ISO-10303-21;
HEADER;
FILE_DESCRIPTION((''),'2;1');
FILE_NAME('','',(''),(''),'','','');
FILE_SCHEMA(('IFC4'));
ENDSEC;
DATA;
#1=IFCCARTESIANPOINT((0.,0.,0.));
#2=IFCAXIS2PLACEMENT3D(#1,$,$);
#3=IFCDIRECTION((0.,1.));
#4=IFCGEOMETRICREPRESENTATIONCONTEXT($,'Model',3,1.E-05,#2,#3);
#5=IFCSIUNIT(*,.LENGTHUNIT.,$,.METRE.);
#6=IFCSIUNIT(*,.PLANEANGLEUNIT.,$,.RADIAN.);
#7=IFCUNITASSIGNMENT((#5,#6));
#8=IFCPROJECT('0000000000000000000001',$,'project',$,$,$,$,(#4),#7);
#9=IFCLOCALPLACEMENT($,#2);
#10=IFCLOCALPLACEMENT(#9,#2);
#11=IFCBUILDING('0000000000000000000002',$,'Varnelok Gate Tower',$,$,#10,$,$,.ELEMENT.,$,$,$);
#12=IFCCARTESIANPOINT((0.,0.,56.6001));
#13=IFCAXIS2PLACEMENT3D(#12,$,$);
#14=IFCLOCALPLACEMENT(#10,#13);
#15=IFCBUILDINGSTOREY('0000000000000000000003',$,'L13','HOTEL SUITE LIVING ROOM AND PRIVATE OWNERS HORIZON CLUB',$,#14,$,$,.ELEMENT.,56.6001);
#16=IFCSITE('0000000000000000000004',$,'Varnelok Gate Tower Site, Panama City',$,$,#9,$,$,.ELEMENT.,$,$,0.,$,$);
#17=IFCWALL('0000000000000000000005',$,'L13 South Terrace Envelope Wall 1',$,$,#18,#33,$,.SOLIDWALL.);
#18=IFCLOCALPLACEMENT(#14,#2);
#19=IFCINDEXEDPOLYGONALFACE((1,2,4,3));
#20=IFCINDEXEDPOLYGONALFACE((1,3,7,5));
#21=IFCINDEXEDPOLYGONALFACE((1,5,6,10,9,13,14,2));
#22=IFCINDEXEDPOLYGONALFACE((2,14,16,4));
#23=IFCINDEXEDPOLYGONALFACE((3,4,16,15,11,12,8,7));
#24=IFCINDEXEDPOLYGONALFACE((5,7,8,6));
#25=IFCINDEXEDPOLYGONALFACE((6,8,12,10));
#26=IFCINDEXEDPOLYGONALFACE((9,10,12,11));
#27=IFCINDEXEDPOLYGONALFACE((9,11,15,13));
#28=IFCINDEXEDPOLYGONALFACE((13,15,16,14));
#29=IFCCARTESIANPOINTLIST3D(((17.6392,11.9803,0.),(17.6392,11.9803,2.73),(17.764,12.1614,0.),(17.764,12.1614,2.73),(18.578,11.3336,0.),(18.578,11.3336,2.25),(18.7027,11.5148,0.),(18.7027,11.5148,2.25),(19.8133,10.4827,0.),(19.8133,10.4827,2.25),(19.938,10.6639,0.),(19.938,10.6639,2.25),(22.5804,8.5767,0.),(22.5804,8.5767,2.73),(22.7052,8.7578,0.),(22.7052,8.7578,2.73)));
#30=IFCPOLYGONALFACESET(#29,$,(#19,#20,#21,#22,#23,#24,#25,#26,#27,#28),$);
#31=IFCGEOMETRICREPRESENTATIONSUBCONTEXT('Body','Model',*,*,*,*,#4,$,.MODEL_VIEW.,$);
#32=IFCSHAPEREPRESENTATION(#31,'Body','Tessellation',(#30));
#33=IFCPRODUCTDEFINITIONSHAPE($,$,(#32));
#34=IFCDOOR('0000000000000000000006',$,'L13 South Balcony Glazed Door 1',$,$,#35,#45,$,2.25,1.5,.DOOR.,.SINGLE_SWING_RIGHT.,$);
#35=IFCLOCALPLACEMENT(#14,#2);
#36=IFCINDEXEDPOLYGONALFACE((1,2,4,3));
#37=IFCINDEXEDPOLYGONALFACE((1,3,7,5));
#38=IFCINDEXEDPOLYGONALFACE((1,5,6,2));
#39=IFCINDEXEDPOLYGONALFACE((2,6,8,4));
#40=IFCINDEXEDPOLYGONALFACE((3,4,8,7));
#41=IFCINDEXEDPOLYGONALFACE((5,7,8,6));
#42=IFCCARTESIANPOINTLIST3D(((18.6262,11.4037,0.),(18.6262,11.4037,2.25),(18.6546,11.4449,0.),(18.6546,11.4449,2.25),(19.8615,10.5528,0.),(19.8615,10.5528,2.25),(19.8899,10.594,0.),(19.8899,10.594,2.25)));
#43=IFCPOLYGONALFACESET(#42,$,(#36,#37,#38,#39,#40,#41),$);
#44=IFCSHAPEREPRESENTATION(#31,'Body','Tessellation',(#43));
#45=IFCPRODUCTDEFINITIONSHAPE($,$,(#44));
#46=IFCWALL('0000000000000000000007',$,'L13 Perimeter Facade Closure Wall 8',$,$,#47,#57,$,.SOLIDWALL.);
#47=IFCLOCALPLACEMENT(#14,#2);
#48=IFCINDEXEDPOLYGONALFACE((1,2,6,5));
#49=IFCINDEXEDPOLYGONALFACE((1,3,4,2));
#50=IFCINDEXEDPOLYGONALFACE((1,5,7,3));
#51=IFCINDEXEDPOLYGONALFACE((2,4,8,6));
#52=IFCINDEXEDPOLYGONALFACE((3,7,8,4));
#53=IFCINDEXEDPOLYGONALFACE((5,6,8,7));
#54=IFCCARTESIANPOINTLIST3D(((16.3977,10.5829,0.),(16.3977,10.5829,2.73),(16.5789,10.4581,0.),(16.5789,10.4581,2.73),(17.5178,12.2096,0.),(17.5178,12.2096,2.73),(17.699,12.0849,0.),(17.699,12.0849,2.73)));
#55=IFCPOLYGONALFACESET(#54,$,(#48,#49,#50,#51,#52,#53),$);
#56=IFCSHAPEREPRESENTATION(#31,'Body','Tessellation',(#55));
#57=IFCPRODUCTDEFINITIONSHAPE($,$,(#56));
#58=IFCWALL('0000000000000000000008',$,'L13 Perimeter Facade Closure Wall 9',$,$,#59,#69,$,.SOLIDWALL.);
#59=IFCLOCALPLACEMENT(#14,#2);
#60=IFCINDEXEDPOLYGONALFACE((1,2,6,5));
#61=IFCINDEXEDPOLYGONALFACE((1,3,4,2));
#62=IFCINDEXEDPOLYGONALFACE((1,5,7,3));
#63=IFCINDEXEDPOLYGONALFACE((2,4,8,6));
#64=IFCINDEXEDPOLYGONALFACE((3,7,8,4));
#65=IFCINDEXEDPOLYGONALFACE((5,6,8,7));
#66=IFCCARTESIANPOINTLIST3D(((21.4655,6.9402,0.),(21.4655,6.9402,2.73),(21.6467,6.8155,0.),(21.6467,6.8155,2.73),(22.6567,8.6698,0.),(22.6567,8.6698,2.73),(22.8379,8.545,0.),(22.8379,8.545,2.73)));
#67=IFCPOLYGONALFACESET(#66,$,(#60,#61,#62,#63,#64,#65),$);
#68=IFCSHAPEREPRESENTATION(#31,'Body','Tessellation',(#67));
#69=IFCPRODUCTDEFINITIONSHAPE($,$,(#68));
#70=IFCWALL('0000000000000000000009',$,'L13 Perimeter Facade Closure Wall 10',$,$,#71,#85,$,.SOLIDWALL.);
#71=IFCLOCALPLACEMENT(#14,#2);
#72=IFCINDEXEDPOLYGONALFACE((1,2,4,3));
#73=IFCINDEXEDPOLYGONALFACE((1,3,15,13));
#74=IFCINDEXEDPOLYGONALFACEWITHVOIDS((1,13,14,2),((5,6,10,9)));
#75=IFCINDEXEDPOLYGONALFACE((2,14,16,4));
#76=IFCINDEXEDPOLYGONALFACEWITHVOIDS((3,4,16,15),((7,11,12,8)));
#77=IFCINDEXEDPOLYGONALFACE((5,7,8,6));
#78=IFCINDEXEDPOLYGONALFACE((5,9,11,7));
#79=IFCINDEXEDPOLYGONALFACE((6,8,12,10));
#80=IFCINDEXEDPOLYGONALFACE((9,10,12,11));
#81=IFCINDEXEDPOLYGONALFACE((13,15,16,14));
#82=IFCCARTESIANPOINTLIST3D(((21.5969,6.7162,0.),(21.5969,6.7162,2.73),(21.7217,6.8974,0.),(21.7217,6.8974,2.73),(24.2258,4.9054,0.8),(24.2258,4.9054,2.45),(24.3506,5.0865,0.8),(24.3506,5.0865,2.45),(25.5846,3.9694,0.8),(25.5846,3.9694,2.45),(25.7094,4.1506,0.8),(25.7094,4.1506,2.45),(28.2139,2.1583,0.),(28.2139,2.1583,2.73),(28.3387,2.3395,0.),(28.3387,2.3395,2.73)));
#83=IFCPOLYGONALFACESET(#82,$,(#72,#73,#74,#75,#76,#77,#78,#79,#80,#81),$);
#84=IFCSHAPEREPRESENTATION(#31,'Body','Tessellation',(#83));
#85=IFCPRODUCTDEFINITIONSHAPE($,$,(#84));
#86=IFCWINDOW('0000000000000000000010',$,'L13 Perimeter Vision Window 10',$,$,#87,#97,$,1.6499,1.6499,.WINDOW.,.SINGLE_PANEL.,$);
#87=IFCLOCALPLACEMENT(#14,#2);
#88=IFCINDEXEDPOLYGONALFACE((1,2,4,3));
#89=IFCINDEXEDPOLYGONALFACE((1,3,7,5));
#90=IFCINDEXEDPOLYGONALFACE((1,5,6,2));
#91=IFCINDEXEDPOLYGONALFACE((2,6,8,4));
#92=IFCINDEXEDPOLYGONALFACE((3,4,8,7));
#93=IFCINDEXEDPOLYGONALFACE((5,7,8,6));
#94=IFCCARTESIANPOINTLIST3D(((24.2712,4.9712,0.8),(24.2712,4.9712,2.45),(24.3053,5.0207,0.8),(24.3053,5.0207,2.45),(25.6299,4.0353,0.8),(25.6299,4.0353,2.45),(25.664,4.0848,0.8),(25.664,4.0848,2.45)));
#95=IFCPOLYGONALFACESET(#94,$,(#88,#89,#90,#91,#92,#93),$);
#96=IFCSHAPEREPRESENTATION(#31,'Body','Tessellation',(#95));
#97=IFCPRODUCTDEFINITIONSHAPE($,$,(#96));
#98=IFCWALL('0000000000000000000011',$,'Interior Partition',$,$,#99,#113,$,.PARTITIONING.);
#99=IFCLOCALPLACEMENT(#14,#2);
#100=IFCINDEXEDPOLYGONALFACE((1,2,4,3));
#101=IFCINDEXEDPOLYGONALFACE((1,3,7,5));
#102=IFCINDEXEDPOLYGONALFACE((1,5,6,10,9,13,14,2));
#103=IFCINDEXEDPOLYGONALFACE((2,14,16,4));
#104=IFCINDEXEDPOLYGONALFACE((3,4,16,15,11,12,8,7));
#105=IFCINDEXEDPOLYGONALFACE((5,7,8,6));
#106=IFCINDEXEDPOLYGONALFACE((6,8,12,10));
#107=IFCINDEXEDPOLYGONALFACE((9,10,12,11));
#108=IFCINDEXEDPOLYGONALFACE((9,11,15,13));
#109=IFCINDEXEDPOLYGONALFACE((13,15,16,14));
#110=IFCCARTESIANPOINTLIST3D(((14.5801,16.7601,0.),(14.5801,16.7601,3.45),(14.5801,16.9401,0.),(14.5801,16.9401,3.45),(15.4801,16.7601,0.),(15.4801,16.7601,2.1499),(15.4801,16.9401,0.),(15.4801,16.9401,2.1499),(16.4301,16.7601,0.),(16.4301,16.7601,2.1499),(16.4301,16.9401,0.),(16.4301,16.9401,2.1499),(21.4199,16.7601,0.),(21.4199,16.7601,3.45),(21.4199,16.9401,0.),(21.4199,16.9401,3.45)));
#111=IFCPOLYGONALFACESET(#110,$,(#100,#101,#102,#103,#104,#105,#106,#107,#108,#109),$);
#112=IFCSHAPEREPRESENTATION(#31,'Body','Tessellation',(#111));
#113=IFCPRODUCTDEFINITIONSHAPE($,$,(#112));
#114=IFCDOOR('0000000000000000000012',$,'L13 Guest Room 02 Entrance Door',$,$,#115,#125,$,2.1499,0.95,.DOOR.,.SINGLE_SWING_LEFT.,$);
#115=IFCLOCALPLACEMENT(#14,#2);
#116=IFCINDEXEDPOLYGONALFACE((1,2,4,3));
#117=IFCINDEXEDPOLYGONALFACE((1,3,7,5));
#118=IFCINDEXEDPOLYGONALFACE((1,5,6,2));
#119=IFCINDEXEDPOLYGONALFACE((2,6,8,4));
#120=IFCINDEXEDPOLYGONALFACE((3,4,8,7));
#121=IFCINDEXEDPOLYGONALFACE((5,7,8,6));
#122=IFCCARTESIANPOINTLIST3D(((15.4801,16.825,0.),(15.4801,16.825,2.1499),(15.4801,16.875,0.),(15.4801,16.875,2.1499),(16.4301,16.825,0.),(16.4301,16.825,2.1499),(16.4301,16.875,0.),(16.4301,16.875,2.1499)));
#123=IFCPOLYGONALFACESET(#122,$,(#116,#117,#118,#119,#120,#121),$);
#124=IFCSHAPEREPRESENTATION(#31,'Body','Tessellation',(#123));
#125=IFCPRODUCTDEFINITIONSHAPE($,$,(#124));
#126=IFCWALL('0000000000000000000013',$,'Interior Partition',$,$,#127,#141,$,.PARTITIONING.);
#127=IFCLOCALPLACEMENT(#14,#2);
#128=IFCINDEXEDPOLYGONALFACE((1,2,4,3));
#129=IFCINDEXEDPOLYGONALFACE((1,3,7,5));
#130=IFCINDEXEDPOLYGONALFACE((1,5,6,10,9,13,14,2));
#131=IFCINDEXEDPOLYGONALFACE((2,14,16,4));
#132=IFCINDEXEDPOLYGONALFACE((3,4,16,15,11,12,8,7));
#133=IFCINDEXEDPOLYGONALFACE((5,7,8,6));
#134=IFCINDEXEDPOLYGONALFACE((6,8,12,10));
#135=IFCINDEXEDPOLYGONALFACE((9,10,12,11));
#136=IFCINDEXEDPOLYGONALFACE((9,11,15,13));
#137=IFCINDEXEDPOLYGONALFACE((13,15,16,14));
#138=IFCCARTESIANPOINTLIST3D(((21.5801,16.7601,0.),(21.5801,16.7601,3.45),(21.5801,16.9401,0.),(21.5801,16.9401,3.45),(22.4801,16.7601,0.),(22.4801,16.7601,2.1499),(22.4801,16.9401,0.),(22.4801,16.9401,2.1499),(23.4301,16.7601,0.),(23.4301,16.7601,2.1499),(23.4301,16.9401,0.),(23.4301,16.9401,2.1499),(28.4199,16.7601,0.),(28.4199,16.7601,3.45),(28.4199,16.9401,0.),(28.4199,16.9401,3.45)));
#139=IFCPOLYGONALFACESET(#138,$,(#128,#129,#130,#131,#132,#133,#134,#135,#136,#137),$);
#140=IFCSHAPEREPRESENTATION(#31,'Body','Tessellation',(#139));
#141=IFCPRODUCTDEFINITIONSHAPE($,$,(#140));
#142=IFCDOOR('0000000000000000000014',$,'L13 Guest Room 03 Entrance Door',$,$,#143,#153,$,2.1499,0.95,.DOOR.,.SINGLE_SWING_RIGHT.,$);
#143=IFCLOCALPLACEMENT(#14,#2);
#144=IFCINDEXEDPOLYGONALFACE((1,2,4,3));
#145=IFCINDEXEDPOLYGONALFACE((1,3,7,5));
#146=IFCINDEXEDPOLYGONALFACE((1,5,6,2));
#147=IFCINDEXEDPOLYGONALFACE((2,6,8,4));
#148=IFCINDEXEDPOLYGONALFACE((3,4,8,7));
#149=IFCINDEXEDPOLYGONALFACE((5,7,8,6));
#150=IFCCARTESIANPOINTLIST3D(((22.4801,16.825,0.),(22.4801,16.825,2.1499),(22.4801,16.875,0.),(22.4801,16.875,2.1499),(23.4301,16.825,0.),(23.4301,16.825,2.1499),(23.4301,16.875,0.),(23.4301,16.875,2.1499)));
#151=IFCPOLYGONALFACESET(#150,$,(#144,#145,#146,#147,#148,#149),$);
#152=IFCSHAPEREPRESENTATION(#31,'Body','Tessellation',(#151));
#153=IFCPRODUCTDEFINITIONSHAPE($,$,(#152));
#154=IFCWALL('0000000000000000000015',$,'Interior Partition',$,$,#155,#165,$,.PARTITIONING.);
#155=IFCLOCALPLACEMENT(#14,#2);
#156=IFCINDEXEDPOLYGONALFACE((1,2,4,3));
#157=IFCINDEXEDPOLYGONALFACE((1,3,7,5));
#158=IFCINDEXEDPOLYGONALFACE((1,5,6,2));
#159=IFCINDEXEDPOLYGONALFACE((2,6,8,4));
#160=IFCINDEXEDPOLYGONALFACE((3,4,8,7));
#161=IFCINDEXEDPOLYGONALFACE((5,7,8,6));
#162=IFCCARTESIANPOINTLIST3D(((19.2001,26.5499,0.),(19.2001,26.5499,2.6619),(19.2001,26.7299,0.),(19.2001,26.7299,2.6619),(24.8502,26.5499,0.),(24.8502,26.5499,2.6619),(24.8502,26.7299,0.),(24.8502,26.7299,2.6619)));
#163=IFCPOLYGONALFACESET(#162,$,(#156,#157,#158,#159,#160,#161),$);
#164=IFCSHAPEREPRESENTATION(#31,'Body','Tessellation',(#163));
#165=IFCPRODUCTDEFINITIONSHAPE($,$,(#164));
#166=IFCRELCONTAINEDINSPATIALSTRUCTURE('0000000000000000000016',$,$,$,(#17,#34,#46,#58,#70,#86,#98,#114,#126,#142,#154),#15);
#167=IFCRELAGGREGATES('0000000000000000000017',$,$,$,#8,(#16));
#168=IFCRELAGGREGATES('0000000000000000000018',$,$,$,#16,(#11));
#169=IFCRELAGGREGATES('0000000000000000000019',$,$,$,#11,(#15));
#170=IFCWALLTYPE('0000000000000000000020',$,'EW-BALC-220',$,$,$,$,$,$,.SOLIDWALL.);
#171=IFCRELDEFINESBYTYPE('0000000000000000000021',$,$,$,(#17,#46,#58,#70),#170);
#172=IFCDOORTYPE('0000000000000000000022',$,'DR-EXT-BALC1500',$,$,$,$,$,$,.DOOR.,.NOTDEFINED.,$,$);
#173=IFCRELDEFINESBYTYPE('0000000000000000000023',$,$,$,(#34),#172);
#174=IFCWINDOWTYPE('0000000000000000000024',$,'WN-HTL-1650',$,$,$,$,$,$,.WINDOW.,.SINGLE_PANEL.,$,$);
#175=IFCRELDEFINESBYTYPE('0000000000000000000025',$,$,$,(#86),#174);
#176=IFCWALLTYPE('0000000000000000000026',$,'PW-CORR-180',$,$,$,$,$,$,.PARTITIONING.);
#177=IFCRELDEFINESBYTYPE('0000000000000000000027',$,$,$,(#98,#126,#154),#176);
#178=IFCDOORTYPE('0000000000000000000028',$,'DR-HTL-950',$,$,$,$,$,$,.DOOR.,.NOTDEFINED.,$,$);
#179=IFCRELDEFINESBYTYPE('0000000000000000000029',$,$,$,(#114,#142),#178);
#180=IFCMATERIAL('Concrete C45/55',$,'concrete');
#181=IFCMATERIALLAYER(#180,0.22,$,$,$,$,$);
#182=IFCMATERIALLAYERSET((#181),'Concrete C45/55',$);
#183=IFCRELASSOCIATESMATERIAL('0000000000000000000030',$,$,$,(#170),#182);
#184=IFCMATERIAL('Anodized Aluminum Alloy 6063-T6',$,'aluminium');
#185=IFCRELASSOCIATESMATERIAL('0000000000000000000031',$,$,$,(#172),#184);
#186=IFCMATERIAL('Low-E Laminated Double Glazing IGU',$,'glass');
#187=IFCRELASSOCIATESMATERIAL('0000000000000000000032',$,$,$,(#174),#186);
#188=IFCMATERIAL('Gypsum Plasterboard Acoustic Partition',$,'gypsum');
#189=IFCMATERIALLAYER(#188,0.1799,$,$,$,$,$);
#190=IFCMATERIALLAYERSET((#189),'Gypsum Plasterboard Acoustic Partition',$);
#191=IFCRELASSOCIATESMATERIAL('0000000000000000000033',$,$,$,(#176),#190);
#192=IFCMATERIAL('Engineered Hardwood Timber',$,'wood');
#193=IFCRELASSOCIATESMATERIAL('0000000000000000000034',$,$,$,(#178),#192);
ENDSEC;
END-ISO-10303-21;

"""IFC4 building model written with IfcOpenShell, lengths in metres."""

from ifc_helpers import new_model, si_unit, direction, frame, frame_2d, origin, place, context, subcontext, project, spatial, rectangle, extrude, material, layer, layer_set, type_object, element, fill, save


model = new_model("IFC4")

# Units and contexts
model_context = context("Model", 3, precision=1e-05, world=origin(), true_north=direction((0.0, 1.0)))
body_context = subcontext(model_context, "Body", "Model", "MODEL_VIEW")
ifc_project = project(units=[si_unit("LENGTHUNIT", "METRE"), si_unit("PLANEANGLEUNIT", "RADIAN")], contexts=[model_context])

# Site, building, storey
site_placement = place(None, origin())
site = spatial("IfcSite", under=ifc_project, at=site_placement, Name="Varnelok Gate Tower Site, Panama City", CompositionType="ELEMENT", RefElevation=0.0)
building_placement = place(site_placement, origin())
building = spatial("IfcBuilding", under=site, at=building_placement, Name="Varnelok Gate Tower", CompositionType="ELEMENT")
storey_placement = place(building_placement, frame((0.0, 0.0, 56.6001)))
storey = spatial("IfcBuildingStorey", under=building, at=storey_placement, Name="L13", Description="HOTEL SUITE LIVING ROOM AND PRIVATE OWNERS HORIZON CLUB", CompositionType="ELEMENT", Elevation=56.6001)

# Wall, opening, door
ifc_material_1 = material(Name="Concrete C45/55", Category="concrete")
ifc_layer_1 = layer(ifc_material_1, 0.22)
ifc_layer_set_1 = layer_set([ifc_layer_1], Name="Concrete C45/55")
wall_type_1 = type_object("IfcWallType", Name="EW-BALC-220", PredefinedType="SOLIDWALL", material=ifc_layer_set_1)
wall_1_placement = place(storey_placement, frame((22.6428, 8.6672, 0.0), z_axis=(0.0, 0.0, 1.0), x_axis=(-0.823535, 0.567266, 0.0)))
wall_1 = element("IfcWall", 1, at=wall_1_placement, inside=storey, type_object=wall_type_1, Name="L13 South Terrace Envelope Wall 1", PredefinedType="SOLIDWALL", context=body_context, shape_type="SweptSolid", body=[
    extrude(rectangle(XDim=6.0, YDim=0.22, at=frame_2d((3.0, 0.0))), origin(), (0.0, 0.0, 1.0), 2.73),
])
opening_1_placement = place(wall_1_placement, frame((3.3601, 0.0, 0.0)))
opening_1 = element("IfcOpeningElement", 2, at=opening_1_placement, cuts=wall_1, PredefinedType="OPENING", context=body_context, shape_type="SweptSolid", body=[
    extrude(rectangle(XDim=1.5, YDim=2.25, at=frame_2d((0.75, 1.125))), frame((0.0, 0.1199, 0.0), z_axis=(0.0, -1.0, 0.0), x_axis=(1.0, 0.0, 0.0)), (0.0, 0.0, 1.0), 0.24),
])
ifc_material_2 = material(Name="Anodized Aluminum Alloy 6063-T6", Category="aluminium")
door_type_1 = type_object("IfcDoorType", Name="DR-EXT-BALC1500", OperationType="NOTDEFINED", PredefinedType="DOOR", material=ifc_material_2)
door_1_placement = place(opening_1_placement, origin())
door_1 = element("IfcDoor", 3, at=door_1_placement, inside=storey, type_object=door_type_1, Name="L13 South Balcony Glazed Door 1", OperationType="SINGLE_SWING_RIGHT", OverallHeight=2.25, OverallWidth=1.5, PredefinedType="DOOR", context=body_context, shape_type="SweptSolid", body=[
    extrude(rectangle(XDim=1.5, YDim=2.25, at=frame_2d((0.75, 1.125))), frame((0.0, 0.0249, 0.0), z_axis=(0.0, -1.0, 0.0), x_axis=(1.0, 0.0, 0.0)), (0.0, 0.0, 1.0), 0.05),
])
fill(opening_1, door_1)

# Walls
wall_2_placement = place(storey_placement, frame((16.4883, 10.5205, 0.0), z_axis=(0.0, 0.0, 1.0), x_axis=(0.567132, 0.823627, 0.0)))
element("IfcWall", 4, at=wall_2_placement, inside=storey, type_object=wall_type_1, Name="L13 Perimeter Facade Closure Wall 8", PredefinedType="SOLIDWALL", context=body_context, shape_type="SweptSolid", body=[
    extrude(rectangle(XDim=1.9751, YDim=0.22, at=frame_2d((0.9875, 0.0))), origin(), (0.0, 0.0, 1.0), 2.73),
])
wall_3_placement = place(storey_placement, frame((22.7473, 8.6074, 0.0), z_axis=(0.0, 0.0, 1.0), x_axis=(-0.567219, -0.823567, 0.0)))
element("IfcWall", 5, at=wall_3_placement, inside=storey, type_object=wall_type_1, Name="L13 Perimeter Facade Closure Wall 9", PredefinedType="SOLIDWALL", context=body_context, shape_type="SweptSolid", body=[
    extrude(rectangle(XDim=2.1001, YDim=0.22, at=frame_2d((1.05, 0.0))), origin(), (0.0, 0.0, 1.0), 2.73),
])

# Wall, opening, window
wall_4_placement = place(storey_placement, frame((21.6592, 6.8069, 0.0), z_axis=(0.0, 0.0, 1.0), x_axis=(0.823535, -0.567265, 0.0)))
wall_4 = element("IfcWall", 6, at=wall_4_placement, inside=storey, type_object=wall_type_1, Name="L13 Perimeter Facade Closure Wall 10", PredefinedType="SOLIDWALL", context=body_context, shape_type="SweptSolid", body=[
    extrude(rectangle(XDim=8.0349, YDim=0.22, at=frame_2d((4.0176, 0.0))), origin(), (0.0, 0.0, 1.0), 2.73),
])
opening_2_placement = place(wall_4_placement, frame((3.1924, 0.0, 0.8)))
opening_2 = element("IfcOpeningElement", 7, at=opening_2_placement, cuts=wall_4, PredefinedType="OPENING", context=body_context, shape_type="SweptSolid", body=[
    extrude(rectangle(XDim=1.6499, YDim=1.6499, at=frame_2d((0.825, 0.825))), frame((0.0, 0.1199, 0.0), z_axis=(0.0, -1.0, 0.0), x_axis=(1.0, 0.0, 0.0)), (0.0, 0.0, 1.0), 0.24),
])
ifc_material_3 = material(Name="Low-E Laminated Double Glazing IGU", Category="glass")
window_type = type_object("IfcWindowType", Name="WN-HTL-1650", PartitioningType="SINGLE_PANEL", PredefinedType="WINDOW", material=ifc_material_3)
window_placement = place(opening_2_placement, origin())
window = element("IfcWindow", 8, at=window_placement, inside=storey, type_object=window_type, Name="L13 Perimeter Vision Window 10", OverallHeight=1.6499, OverallWidth=1.6499, PartitioningType="SINGLE_PANEL", PredefinedType="WINDOW", context=body_context, shape_type="SweptSolid", body=[
    extrude(rectangle(XDim=1.6499, YDim=1.6499, at=frame_2d((0.825, 0.825))), frame((0.0, 0.03, 0.0), z_axis=(0.0, -1.0, 0.0), x_axis=(1.0, 0.0, 0.0)), (0.0, 0.0, 1.0), 0.0601),
])
fill(opening_2, window)

# Walls, openings, doors
ifc_material_4 = material(Name="Gypsum Plasterboard Acoustic Partition", Category="gypsum")
ifc_layer_2 = layer(ifc_material_4, 0.1799)
ifc_layer_set_2 = layer_set([ifc_layer_2], Name="Gypsum Plasterboard Acoustic Partition")
wall_type_2 = type_object("IfcWallType", Name="PW-CORR-180", PredefinedType="PARTITIONING", material=ifc_layer_set_2)
wall_5_placement = place(storey_placement, frame((14.5801, 16.8501, 0.0), z_axis=(0.0, 0.0, 1.0), x_axis=(1.0, 0.0, 0.0)))
wall_5 = element("IfcWall", 9, at=wall_5_placement, inside=storey, type_object=wall_type_2, Name="Interior Partition", PredefinedType="PARTITIONING", context=body_context, shape_type="SweptSolid", body=[
    extrude(rectangle(XDim=6.8398, YDim=0.1799, at=frame_2d((3.4199, 0.0))), origin(), (0.0, 0.0, 1.0), 3.45),
])
opening_3_placement = place(wall_5_placement, frame((0.8999, 0.0, 0.0)))
opening_3 = element("IfcOpeningElement", 10, at=opening_3_placement, cuts=wall_5, PredefinedType="OPENING", context=body_context, shape_type="SweptSolid", body=[
    extrude(rectangle(XDim=0.95, YDim=2.1499, at=frame_2d((0.4751, 1.075))), frame((0.0, 0.0999, 0.0), z_axis=(0.0, -1.0, 0.0), x_axis=(1.0, 0.0, 0.0)), (0.0, 0.0, 1.0), 0.2),
])
ifc_material_5 = material(Name="Engineered Hardwood Timber", Category="wood")
door_type_2 = type_object("IfcDoorType", Name="DR-HTL-950", OperationType="NOTDEFINED", PredefinedType="DOOR", material=ifc_material_5)
door_2_placement = place(opening_3_placement, origin())
door_2 = element("IfcDoor", 11, at=door_2_placement, inside=storey, type_object=door_type_2, Name="L13 Guest Room 02 Entrance Door", OperationType="SINGLE_SWING_LEFT", OverallHeight=2.1499, OverallWidth=0.95, PredefinedType="DOOR", context=body_context, shape_type="SweptSolid", body=[
    extrude(rectangle(XDim=0.95, YDim=2.1499, at=frame_2d((0.4751, 1.075))), frame((0.0, 0.0249, 0.0), z_axis=(0.0, -1.0, 0.0), x_axis=(1.0, 0.0, 0.0)), (0.0, 0.0, 1.0), 0.05),
])
fill(opening_3, door_2)
wall_6_placement = place(storey_placement, frame((21.5801, 16.8501, 0.0), z_axis=(0.0, 0.0, 1.0), x_axis=(1.0, 0.0, 0.0)))
wall_6 = element("IfcWall", 12, at=wall_6_placement, inside=storey, type_object=wall_type_2, Name="Interior Partition", PredefinedType="PARTITIONING", context=body_context, shape_type="SweptSolid", body=[
    extrude(rectangle(XDim=6.8398, YDim=0.1799, at=frame_2d((3.4199, 0.0))), origin(), (0.0, 0.0, 1.0), 3.45),
])
opening_4_placement = place(wall_6_placement, frame((0.8999, 0.0, 0.0)))
opening_4 = element("IfcOpeningElement", 13, at=opening_4_placement, cuts=wall_6, PredefinedType="OPENING", context=body_context, shape_type="SweptSolid", body=[
    extrude(rectangle(XDim=0.95, YDim=2.1499, at=frame_2d((0.4751, 1.075))), frame((0.0, 0.0999, 0.0), z_axis=(0.0, -1.0, 0.0), x_axis=(1.0, 0.0, 0.0)), (0.0, 0.0, 1.0), 0.2),
])
door_3_placement = place(opening_4_placement, origin())
door_3 = element("IfcDoor", 14, at=door_3_placement, inside=storey, type_object=door_type_2, Name="L13 Guest Room 03 Entrance Door", OperationType="SINGLE_SWING_RIGHT", OverallHeight=2.1499, OverallWidth=0.95, PredefinedType="DOOR", context=body_context, shape_type="SweptSolid", body=[
    extrude(rectangle(XDim=0.95, YDim=2.1499, at=frame_2d((0.4751, 1.075))), frame((0.0, 0.0249, 0.0), z_axis=(0.0, -1.0, 0.0), x_axis=(1.0, 0.0, 0.0)), (0.0, 0.0, 1.0), 0.05),
])
fill(opening_4, door_3)

# Wall
wall_7_placement = place(storey_placement, frame((19.2, 26.6399, 0.0), z_axis=(0.0, 0.0, 1.0), x_axis=(1.0, 0.0, 0.0)))
element("IfcWall", 15, at=wall_7_placement, inside=storey, type_object=wall_type_2, Name="Interior Partition", PredefinedType="PARTITIONING", context=body_context, shape_type="SweptSolid", body=[
    extrude(rectangle(XDim=5.6501, YDim=0.1799, at=frame_2d((2.8252, 0.0))), origin(), (0.0, 0.0, 1.0), 2.6619),
])

save(model, "model.ifc")
